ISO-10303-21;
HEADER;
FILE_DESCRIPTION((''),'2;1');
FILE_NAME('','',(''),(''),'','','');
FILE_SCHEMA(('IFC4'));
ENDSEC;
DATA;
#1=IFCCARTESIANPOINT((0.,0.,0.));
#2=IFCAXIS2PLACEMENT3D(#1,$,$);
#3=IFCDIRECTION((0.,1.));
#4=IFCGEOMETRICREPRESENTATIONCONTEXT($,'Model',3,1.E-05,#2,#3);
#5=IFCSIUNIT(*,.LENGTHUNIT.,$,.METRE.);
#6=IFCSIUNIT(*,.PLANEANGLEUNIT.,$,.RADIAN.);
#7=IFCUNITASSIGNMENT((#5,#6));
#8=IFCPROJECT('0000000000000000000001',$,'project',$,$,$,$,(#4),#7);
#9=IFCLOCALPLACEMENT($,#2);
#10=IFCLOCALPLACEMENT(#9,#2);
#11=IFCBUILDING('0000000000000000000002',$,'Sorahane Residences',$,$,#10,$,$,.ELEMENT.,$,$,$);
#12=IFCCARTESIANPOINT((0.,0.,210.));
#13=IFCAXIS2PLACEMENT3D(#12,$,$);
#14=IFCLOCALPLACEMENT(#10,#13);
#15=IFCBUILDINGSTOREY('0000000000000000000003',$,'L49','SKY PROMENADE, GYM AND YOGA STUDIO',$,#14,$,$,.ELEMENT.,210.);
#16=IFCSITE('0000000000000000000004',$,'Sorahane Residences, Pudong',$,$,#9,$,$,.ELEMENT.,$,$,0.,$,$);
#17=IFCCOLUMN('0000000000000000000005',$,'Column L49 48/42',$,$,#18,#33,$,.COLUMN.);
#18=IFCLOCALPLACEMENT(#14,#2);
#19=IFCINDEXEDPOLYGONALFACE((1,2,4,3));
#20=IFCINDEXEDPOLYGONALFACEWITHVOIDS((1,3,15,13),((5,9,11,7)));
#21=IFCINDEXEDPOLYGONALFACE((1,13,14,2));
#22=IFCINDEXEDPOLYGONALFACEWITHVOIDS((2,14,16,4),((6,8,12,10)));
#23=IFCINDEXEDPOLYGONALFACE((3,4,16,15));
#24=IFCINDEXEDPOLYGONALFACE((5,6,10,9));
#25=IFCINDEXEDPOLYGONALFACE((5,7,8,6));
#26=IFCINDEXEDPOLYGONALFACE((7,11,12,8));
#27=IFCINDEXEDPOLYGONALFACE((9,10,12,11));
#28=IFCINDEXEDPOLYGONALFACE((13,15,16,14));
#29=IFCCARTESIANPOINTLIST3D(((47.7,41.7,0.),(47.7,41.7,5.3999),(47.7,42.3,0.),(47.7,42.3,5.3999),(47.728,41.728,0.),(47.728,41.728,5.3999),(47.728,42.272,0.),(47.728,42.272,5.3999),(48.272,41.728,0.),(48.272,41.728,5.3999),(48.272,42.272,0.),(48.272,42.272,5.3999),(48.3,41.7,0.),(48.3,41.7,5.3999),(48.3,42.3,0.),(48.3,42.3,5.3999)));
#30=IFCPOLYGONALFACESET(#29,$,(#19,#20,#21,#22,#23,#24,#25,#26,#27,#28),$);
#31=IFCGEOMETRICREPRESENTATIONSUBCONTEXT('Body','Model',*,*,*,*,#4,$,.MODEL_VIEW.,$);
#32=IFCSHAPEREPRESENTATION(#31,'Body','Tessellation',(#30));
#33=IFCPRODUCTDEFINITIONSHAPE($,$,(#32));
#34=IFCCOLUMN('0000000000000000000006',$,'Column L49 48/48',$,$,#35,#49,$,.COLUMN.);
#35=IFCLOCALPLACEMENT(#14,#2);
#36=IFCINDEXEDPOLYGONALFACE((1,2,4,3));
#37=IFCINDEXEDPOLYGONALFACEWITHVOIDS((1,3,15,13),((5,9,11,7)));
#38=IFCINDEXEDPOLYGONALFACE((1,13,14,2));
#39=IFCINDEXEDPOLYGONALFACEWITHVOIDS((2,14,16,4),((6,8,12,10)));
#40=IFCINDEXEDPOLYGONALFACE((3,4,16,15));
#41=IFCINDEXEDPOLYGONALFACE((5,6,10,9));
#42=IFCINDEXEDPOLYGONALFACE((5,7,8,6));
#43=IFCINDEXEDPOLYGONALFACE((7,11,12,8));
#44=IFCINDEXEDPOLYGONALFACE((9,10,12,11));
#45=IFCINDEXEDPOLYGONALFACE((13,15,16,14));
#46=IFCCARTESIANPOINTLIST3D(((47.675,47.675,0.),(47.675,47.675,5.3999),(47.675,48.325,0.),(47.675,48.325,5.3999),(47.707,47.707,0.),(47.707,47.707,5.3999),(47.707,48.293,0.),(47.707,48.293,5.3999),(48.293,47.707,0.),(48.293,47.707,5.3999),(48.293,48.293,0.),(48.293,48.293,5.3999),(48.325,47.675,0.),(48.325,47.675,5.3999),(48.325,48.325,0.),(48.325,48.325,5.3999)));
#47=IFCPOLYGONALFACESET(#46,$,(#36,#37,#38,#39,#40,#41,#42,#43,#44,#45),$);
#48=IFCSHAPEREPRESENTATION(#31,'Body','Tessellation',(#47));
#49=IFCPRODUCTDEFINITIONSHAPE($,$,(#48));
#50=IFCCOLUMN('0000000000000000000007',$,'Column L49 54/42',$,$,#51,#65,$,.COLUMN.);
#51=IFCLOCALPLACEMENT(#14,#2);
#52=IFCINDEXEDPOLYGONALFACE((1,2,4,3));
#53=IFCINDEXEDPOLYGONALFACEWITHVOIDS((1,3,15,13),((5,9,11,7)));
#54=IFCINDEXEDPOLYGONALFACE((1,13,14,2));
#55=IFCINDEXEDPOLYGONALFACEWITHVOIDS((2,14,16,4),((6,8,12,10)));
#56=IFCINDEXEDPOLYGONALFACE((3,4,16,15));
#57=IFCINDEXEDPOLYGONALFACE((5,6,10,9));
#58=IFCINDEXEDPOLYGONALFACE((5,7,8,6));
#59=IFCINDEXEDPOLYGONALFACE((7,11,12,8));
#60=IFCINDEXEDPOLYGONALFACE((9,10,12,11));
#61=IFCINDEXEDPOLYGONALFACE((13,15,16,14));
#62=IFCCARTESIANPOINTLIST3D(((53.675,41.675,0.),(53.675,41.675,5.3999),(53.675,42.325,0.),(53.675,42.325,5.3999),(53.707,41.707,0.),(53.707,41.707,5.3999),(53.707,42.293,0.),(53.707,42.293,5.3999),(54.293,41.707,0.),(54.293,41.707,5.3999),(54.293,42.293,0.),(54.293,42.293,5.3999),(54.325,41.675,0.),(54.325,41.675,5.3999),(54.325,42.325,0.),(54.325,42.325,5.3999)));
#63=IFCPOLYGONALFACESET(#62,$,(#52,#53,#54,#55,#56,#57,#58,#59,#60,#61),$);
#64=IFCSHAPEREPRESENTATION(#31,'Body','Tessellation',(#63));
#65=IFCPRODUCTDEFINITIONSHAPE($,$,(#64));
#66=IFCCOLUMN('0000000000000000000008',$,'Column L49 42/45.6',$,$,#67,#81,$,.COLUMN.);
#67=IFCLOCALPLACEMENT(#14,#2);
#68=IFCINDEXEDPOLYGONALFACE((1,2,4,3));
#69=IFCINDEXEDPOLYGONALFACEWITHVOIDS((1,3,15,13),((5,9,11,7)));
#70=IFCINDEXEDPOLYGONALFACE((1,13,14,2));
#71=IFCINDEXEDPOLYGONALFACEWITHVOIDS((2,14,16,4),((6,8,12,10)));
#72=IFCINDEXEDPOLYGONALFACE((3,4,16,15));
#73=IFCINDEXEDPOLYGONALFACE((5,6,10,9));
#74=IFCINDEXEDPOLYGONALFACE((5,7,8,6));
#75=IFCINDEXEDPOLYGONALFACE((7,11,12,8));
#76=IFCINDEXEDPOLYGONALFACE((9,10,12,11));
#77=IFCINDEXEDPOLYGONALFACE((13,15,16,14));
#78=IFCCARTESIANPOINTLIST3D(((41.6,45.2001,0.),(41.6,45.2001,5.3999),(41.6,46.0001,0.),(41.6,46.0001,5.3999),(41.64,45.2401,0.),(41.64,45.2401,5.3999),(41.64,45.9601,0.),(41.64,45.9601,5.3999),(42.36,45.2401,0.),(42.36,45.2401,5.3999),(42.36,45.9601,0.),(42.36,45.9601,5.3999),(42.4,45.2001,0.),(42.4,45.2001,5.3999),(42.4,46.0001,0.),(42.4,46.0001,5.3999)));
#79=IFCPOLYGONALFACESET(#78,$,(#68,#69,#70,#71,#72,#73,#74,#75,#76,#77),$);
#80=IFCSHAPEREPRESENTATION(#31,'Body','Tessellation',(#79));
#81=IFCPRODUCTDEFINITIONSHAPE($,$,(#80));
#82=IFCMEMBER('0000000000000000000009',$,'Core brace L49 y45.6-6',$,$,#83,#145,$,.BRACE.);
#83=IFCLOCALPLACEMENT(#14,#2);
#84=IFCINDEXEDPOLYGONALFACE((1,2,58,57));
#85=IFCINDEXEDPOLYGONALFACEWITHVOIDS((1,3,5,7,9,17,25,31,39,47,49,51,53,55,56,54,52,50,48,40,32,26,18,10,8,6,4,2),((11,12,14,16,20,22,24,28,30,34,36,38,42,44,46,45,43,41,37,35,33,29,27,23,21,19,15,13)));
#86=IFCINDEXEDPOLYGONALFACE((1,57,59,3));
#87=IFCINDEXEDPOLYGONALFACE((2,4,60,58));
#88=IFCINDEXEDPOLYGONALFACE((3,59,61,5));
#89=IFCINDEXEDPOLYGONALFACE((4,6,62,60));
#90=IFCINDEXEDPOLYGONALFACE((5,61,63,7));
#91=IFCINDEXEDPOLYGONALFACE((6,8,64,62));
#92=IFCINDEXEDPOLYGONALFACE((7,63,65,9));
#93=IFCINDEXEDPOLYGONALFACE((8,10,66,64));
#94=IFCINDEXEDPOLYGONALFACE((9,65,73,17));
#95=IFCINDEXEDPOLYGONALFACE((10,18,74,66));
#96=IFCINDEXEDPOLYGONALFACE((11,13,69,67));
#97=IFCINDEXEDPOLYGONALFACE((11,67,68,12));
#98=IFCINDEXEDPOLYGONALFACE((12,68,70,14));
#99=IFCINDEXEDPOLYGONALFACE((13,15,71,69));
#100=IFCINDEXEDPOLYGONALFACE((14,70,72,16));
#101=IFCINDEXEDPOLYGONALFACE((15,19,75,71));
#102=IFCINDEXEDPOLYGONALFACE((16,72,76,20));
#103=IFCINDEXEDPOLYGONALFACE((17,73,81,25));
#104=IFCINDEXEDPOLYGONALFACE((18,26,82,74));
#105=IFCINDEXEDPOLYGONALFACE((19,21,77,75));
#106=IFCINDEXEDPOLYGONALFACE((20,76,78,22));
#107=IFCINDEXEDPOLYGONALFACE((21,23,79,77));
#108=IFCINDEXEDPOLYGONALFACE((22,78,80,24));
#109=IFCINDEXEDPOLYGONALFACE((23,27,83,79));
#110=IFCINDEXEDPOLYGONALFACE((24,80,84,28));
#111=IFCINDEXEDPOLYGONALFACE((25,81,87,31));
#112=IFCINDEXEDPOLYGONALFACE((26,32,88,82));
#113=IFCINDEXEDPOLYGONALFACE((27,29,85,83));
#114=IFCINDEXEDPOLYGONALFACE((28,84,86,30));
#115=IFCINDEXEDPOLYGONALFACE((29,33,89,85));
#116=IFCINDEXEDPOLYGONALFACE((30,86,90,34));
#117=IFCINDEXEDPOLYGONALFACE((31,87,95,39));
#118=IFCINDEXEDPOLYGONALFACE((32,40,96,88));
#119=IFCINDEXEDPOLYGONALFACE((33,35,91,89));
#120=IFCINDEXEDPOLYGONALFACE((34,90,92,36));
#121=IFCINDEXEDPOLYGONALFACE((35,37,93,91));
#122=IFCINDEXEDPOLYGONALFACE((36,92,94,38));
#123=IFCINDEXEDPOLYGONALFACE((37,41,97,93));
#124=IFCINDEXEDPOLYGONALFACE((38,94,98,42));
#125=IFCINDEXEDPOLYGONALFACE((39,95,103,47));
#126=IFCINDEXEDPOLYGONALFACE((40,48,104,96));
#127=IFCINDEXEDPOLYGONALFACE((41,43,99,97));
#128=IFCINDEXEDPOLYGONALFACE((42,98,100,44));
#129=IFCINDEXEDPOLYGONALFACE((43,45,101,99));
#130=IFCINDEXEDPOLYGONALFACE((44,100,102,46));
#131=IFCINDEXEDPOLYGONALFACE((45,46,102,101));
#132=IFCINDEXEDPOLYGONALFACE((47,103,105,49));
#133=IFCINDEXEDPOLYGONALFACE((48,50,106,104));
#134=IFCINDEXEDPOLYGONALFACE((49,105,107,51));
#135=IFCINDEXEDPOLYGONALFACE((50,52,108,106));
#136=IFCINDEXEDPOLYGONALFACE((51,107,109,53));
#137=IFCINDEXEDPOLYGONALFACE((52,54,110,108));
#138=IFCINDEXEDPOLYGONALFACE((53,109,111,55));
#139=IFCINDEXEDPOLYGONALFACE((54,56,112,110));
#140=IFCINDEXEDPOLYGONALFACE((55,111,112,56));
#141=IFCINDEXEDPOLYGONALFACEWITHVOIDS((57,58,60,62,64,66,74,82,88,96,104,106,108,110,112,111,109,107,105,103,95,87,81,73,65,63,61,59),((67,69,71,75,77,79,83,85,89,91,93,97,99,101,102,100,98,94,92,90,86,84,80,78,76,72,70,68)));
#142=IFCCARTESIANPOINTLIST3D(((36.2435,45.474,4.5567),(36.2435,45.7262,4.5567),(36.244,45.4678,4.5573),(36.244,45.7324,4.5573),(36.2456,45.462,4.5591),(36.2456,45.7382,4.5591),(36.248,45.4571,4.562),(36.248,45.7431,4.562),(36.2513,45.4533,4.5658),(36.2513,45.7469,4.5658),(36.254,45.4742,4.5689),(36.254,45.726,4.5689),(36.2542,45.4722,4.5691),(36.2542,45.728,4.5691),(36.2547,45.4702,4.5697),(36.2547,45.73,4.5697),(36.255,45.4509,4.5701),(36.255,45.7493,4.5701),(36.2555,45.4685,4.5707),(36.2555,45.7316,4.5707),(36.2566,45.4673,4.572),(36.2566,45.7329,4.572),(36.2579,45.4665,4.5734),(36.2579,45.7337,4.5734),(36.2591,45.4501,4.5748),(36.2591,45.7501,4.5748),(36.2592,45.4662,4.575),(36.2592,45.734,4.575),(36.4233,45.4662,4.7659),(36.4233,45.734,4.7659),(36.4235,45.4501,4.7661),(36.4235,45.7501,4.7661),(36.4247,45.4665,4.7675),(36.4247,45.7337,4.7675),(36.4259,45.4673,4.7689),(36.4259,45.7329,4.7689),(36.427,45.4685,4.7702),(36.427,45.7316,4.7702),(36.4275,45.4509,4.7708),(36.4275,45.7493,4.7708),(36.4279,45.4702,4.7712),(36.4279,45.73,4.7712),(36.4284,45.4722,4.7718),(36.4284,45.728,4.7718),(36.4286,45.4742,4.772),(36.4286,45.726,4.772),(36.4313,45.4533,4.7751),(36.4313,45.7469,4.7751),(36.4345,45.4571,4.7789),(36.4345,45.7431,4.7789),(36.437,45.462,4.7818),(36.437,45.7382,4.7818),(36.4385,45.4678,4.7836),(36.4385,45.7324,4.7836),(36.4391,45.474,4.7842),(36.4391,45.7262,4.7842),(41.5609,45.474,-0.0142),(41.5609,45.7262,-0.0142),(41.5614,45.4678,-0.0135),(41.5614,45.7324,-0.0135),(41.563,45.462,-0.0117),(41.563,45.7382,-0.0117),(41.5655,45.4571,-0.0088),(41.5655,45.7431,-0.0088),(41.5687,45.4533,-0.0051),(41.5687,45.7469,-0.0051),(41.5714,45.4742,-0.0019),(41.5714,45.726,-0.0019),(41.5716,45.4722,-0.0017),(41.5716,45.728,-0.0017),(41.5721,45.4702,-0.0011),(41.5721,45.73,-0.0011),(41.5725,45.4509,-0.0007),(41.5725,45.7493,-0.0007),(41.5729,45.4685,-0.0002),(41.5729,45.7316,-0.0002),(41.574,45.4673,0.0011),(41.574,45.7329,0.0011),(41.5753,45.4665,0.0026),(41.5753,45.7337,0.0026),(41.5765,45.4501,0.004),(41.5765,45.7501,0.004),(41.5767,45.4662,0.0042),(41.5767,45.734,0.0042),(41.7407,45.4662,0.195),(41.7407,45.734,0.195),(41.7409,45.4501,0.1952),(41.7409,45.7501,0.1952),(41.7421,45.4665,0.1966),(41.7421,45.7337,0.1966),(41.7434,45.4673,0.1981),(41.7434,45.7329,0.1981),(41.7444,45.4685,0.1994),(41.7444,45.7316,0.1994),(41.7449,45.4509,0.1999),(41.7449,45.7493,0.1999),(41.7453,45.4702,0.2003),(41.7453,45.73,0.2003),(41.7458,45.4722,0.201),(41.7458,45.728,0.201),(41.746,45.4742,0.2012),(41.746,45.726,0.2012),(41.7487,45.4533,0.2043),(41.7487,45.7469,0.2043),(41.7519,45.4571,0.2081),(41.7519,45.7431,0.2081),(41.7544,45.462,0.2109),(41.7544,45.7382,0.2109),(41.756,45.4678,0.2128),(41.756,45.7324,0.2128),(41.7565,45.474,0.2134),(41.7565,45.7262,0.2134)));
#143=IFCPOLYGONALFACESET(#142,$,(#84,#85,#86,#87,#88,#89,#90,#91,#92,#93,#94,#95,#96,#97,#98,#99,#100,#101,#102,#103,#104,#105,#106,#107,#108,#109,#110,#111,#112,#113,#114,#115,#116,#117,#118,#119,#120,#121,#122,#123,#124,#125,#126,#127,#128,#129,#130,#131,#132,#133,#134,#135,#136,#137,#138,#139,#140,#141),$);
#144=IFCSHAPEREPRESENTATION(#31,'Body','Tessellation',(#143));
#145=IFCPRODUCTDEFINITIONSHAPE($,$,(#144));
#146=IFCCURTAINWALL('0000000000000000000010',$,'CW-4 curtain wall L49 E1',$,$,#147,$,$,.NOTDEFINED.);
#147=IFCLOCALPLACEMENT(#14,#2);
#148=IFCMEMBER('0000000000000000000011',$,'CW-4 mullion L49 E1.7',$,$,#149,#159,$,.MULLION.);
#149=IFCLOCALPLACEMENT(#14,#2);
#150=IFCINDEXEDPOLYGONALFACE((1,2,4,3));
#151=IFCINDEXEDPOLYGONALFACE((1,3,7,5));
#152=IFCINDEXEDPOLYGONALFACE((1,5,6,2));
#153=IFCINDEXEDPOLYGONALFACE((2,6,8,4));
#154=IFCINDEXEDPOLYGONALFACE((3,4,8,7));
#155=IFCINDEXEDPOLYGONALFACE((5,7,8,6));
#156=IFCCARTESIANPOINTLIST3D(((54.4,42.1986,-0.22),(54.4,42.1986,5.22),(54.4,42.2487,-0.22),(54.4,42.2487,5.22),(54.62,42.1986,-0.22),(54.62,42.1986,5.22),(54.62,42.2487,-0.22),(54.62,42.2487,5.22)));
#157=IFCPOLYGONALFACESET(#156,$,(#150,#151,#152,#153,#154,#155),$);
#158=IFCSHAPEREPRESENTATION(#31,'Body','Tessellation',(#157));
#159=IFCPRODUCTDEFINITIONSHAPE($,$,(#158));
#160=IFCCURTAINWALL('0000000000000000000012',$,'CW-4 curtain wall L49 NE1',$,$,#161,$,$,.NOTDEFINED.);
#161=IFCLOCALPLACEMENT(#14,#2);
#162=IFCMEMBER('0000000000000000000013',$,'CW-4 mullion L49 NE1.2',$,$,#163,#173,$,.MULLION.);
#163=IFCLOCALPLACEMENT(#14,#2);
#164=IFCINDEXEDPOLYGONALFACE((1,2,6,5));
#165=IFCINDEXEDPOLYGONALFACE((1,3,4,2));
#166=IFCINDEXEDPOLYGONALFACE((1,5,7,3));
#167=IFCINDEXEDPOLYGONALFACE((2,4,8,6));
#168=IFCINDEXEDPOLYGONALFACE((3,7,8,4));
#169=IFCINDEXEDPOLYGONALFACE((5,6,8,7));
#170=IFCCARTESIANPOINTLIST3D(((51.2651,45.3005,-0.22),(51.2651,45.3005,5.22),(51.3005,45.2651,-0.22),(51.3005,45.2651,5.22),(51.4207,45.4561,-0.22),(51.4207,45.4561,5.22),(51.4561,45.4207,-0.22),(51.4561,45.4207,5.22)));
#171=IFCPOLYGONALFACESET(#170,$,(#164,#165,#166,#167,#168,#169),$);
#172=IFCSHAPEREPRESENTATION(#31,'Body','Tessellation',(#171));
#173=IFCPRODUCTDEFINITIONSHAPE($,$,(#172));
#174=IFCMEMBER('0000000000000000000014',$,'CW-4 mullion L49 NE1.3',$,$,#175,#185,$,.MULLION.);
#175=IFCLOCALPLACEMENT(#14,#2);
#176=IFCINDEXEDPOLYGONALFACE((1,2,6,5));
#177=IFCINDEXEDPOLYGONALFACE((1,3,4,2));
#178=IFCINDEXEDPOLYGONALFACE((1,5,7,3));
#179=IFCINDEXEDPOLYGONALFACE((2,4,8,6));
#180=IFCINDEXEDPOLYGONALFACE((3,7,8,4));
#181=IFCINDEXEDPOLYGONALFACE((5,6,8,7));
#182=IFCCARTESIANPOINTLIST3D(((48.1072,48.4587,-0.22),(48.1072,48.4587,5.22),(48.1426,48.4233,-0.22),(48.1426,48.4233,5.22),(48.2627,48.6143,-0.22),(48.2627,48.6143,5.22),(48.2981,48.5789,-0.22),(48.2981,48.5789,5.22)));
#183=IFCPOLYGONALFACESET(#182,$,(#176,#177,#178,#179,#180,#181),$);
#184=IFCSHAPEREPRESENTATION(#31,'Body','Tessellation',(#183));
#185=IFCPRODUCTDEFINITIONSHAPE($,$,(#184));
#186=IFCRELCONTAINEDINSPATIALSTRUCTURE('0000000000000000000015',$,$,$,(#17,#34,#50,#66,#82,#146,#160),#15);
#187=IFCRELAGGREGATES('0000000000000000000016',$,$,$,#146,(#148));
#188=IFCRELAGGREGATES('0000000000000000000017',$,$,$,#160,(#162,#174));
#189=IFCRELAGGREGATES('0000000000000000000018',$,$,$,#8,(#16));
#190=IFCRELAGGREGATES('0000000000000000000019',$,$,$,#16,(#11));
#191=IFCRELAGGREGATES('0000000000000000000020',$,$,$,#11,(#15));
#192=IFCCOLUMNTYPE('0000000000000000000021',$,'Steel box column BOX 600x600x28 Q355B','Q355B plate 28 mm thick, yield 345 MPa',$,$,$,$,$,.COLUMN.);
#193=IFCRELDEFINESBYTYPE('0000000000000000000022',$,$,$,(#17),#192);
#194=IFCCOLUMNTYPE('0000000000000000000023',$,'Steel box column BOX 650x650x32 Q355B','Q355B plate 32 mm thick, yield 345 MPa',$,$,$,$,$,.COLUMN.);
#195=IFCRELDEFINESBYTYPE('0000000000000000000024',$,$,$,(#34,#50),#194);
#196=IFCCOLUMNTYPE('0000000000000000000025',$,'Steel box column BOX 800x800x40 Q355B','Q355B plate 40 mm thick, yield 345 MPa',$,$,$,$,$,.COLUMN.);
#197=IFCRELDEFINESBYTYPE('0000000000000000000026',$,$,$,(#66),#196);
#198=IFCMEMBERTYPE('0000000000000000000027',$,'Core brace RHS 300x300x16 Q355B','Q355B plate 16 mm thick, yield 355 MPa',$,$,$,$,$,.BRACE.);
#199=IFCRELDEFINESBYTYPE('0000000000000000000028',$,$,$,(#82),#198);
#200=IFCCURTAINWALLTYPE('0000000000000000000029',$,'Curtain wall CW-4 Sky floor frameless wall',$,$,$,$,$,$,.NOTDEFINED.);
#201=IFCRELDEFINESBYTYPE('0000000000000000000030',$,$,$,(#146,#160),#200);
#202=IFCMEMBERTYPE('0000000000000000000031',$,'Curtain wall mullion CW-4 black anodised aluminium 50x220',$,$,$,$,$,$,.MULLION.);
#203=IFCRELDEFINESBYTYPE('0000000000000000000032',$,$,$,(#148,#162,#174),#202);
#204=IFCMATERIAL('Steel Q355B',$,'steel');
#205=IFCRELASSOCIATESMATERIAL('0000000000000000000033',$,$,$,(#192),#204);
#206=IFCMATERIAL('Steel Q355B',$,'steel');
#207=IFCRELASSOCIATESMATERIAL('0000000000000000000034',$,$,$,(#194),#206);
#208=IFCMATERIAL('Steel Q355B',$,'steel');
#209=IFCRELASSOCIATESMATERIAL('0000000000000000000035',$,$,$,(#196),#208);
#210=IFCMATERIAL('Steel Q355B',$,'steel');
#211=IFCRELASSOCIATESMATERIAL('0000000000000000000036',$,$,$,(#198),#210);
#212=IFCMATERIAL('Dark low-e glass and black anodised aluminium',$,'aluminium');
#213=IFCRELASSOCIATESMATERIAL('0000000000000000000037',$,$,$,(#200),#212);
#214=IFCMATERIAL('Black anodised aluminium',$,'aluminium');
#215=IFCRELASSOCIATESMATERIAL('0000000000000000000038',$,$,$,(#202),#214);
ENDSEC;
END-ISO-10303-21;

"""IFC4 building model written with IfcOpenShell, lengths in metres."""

from ifc_helpers import new_model, si_unit, direction, frame, origin, origin_2d, place, context, subcontext, project, spatial, rectangle, hollow_rectangle, extrude, material, material_profile, profile_set, type_object, element, aggregate, save


model = new_model("IFC4")

# Units and contexts
model_context = context("Model", 3, precision=1e-05, world=origin(), true_north=direction((0.0, 1.0)))
body_context = subcontext(model_context, "Body", "Model", "MODEL_VIEW")
ifc_project = project(units=[si_unit("LENGTHUNIT", "METRE"), si_unit("PLANEANGLEUNIT", "RADIAN")], contexts=[model_context])

# Site, building, storey
site_placement = place(None, origin())
site = spatial("IfcSite", under=ifc_project, at=site_placement, Name="Sorahane Residences, Pudong", CompositionType="ELEMENT", RefElevation=0.0)
building_placement = place(site_placement, origin())
building = spatial("IfcBuilding", under=site, at=building_placement, Name="Sorahane Residences", CompositionType="ELEMENT")
storey_placement = place(building_placement, frame((0.0, 0.0, 210.0)))
storey = spatial("IfcBuildingStorey", under=building, at=storey_placement, Name="L49", Description="SKY PROMENADE, GYM AND YOGA STUDIO", CompositionType="ELEMENT", Elevation=210.0)

# Columns
ifc_material_1 = material(Name="Steel Q355B", Category="steel")
ifc_material_profile_1 = material_profile(ifc_material_1, hollow_rectangle(XDim=0.6001, YDim=0.6001, WallThickness=0.0281, at=origin_2d()), Name="BOX 600x600x28")
ifc_profile_set_1 = profile_set([ifc_material_profile_1], Name="Steel Q355B")
column_type_1 = type_object("IfcColumnType", Name="Steel box column BOX 600x600x28 Q355B", Description="Q355B plate 28 mm thick, yield 345 MPa", PredefinedType="COLUMN", material=ifc_profile_set_1)
column_1_placement = place(storey_placement, frame((48.0, 42.0, 0.0), z_axis=(0.0, 0.0, 1.0), x_axis=(1.0, 0.0, 0.0)))
element("IfcColumn", 1, at=column_1_placement, inside=storey, type_object=column_type_1, Name="Column L49 48/42", PredefinedType="COLUMN", context=body_context, shape_type="SweptSolid", body=[
    extrude(hollow_rectangle(XDim=0.6001, YDim=0.6001, WallThickness=0.0281, at=origin_2d()), origin(), (0.0, 0.0, 1.0), 5.3999),
])
ifc_material_2 = material(Name="Steel Q355B", Category="steel")
ifc_material_profile_2 = material_profile(ifc_material_2, hollow_rectangle(XDim=0.6499, YDim=0.6499, WallThickness=0.032, at=origin_2d()), Name="BOX 650x650x32")
ifc_profile_set_2 = profile_set([ifc_material_profile_2], Name="Steel Q355B")
column_type_2 = type_object("IfcColumnType", Name="Steel box column BOX 650x650x32 Q355B", Description="Q355B plate 32 mm thick, yield 345 MPa", PredefinedType="COLUMN", material=ifc_profile_set_2)
for number, where, z_axis, x_axis, name in (
    (2, (48.0, 48.0, 0.0), (0.0, 0.0, 1.0), (1.0, 0.0, 0.0), "Column L49 48/48"),
    (3, (54.0, 42.0, 0.0), (0.0, 0.0, 1.0), (1.0, 0.0, 0.0), "Column L49 54/42"),
):
    element("IfcColumn", number, at=place(storey_placement, frame(where, z_axis=z_axis, x_axis=x_axis)), inside=storey, type_object=column_type_2, Name=name, PredefinedType="COLUMN", context=body_context, shape_type="SweptSolid", body=[
        extrude(hollow_rectangle(XDim=0.6499, YDim=0.6499, WallThickness=0.032, at=origin_2d()), origin(), (0.0, 0.0, 1.0), 5.3999),
    ])
ifc_material_3 = material(Name="Steel Q355B", Category="steel")
ifc_material_profile_3 = material_profile(ifc_material_3, hollow_rectangle(XDim=0.8, YDim=0.8, WallThickness=0.04, at=origin_2d()), Name="BOX 800x800x40")
ifc_profile_set_3 = profile_set([ifc_material_profile_3], Name="Steel Q355B")
column_type_3 = type_object("IfcColumnType", Name="Steel box column BOX 800x800x40 Q355B", Description="Q355B plate 40 mm thick, yield 345 MPa", PredefinedType="COLUMN", material=ifc_profile_set_3)
column_2_placement = place(storey_placement, frame((42.0, 45.6001, 0.0), z_axis=(0.0, 0.0, 1.0), x_axis=(1.0, 0.0, 0.0)))
element("IfcColumn", 4, at=column_2_placement, inside=storey, type_object=column_type_3, Name="Column L49 42/45.6", PredefinedType="COLUMN", context=body_context, shape_type="SweptSolid", body=[
    extrude(hollow_rectangle(XDim=0.8, YDim=0.8, WallThickness=0.04, at=origin_2d()), origin(), (0.0, 0.0, 1.0), 5.3999),
])

# Member
ifc_material_4 = material(Name="Steel Q355B", Category="steel")
ifc_material_profile_4 = material_profile(ifc_material_4, hollow_rectangle(XDim=0.3, YDim=0.3, WallThickness=0.0161, InnerFilletRadius=0.0081, OuterFilletRadius=0.0239, at=origin_2d()), Name="RHS 300x300x16")
ifc_profile_set_4 = profile_set([ifc_material_profile_4], Name="Steel Q355B")
member_type_1 = type_object("IfcMemberType", Name="Core brace RHS 300x300x16 Q355B", Description="Q355B plate 16 mm thick, yield 355 MPa", PredefinedType="BRACE", material=ifc_profile_set_4)
member_1_placement = place(storey_placement, frame((41.6587, 45.6001, 0.0996), z_axis=(-0.758337, 0.0, 0.651863), x_axis=(0.0, -1.0, 0.0)))
element("IfcMember", 5, at=member_1_placement, inside=storey, type_object=member_type_1, Name="Core brace L49 y45.6-6", PredefinedType="BRACE", context=body_context, shape_type="SweptSolid", body=[
    extrude(hollow_rectangle(XDim=0.3, YDim=0.3, WallThickness=0.0161, InnerFilletRadius=0.0081, OuterFilletRadius=0.0239, at=origin_2d()), origin(), (0.0, 0.0, 1.0), 7.012),
])

# Curtain wall, member
ifc_material_5 = material(Name="Dark low-e glass and black anodised aluminium", Category="aluminium")
curtain_wall_type = type_object("IfcCurtainWallType", Name="Curtain wall CW-4 Sky floor frameless wall", PredefinedType="NOTDEFINED", material=ifc_material_5)
curtain_wall_1_placement = place(storey_placement, origin())
curtain_wall_1 = element("IfcCurtainWall", 6, at=curtain_wall_1_placement, inside=storey, type_object=curtain_wall_type, Name="CW-4 curtain wall L49 E1", PredefinedType="NOTDEFINED")
ifc_material_6 = material(Name="Black anodised aluminium", Category="aluminium")
ifc_material_profile_5 = material_profile(ifc_material_6, rectangle(XDim=0.22, YDim=0.05, at=origin_2d()), Name="Curtain wall mullion CW-4 black anodised aluminium 50x220")
ifc_profile_set_5 = profile_set([ifc_material_profile_5], Name="Black anodised aluminium")
member_type_2 = type_object("IfcMemberType", Name="Curtain wall mullion CW-4 black anodised aluminium 50x220", PredefinedType="MULLION", material=ifc_profile_set_5)
member_2_placement = place(storey_placement, frame((54.51, 42.2236, -0.22), z_axis=(0.0, 0.0, 1.0), x_axis=(1.0, 0.0, 0.0)))
member_2 = element("IfcMember", 7, at=member_2_placement, type_object=member_type_2, Name="CW-4 mullion L49 E1.7", PredefinedType="MULLION", context=body_context, shape_type="SweptSolid", body=[
    extrude(rectangle(XDim=0.22, YDim=0.05, at=origin_2d()), origin(), (0.0, 0.0, 1.0), 5.4399),
])
aggregate(curtain_wall_1, [member_2])

# Curtain wall, members
curtain_wall_2_placement = place(storey_placement, origin())
curtain_wall_2 = element("IfcCurtainWall", 8, at=curtain_wall_2_placement, inside=storey, type_object=curtain_wall_type, Name="CW-4 curtain wall L49 NE1", PredefinedType="NOTDEFINED")
member_3_placement = place(storey_placement, frame((51.3606, 45.3606, -0.22), z_axis=(0.0, 0.0, 1.0), x_axis=(0.707107, 0.707107, 0.0)))
member_3 = element("IfcMember", 9, at=member_3_placement, type_object=member_type_2, Name="CW-4 mullion L49 NE1.2", PredefinedType="MULLION", context=body_context, shape_type="SweptSolid", body=[
    extrude(rectangle(XDim=0.22, YDim=0.05, at=origin_2d()), origin(), (0.0, 0.0, 1.0), 5.4399),
])
member_4_placement = place(storey_placement, frame((48.2026, 48.5188, -0.22), z_axis=(0.0, 0.0, 1.0), x_axis=(0.707107, 0.707107, 0.0)))
member_4 = element("IfcMember", 10, at=member_4_placement, type_object=member_type_2, Name="CW-4 mullion L49 NE1.3", PredefinedType="MULLION", context=body_context, shape_type="SweptSolid", body=[
    extrude(rectangle(XDim=0.22, YDim=0.05, at=origin_2d()), origin(), (0.0, 0.0, 1.0), 5.4399),
])

aggregate(curtain_wall_2, [member_3, member_4])

save(model, "model.ifc")
